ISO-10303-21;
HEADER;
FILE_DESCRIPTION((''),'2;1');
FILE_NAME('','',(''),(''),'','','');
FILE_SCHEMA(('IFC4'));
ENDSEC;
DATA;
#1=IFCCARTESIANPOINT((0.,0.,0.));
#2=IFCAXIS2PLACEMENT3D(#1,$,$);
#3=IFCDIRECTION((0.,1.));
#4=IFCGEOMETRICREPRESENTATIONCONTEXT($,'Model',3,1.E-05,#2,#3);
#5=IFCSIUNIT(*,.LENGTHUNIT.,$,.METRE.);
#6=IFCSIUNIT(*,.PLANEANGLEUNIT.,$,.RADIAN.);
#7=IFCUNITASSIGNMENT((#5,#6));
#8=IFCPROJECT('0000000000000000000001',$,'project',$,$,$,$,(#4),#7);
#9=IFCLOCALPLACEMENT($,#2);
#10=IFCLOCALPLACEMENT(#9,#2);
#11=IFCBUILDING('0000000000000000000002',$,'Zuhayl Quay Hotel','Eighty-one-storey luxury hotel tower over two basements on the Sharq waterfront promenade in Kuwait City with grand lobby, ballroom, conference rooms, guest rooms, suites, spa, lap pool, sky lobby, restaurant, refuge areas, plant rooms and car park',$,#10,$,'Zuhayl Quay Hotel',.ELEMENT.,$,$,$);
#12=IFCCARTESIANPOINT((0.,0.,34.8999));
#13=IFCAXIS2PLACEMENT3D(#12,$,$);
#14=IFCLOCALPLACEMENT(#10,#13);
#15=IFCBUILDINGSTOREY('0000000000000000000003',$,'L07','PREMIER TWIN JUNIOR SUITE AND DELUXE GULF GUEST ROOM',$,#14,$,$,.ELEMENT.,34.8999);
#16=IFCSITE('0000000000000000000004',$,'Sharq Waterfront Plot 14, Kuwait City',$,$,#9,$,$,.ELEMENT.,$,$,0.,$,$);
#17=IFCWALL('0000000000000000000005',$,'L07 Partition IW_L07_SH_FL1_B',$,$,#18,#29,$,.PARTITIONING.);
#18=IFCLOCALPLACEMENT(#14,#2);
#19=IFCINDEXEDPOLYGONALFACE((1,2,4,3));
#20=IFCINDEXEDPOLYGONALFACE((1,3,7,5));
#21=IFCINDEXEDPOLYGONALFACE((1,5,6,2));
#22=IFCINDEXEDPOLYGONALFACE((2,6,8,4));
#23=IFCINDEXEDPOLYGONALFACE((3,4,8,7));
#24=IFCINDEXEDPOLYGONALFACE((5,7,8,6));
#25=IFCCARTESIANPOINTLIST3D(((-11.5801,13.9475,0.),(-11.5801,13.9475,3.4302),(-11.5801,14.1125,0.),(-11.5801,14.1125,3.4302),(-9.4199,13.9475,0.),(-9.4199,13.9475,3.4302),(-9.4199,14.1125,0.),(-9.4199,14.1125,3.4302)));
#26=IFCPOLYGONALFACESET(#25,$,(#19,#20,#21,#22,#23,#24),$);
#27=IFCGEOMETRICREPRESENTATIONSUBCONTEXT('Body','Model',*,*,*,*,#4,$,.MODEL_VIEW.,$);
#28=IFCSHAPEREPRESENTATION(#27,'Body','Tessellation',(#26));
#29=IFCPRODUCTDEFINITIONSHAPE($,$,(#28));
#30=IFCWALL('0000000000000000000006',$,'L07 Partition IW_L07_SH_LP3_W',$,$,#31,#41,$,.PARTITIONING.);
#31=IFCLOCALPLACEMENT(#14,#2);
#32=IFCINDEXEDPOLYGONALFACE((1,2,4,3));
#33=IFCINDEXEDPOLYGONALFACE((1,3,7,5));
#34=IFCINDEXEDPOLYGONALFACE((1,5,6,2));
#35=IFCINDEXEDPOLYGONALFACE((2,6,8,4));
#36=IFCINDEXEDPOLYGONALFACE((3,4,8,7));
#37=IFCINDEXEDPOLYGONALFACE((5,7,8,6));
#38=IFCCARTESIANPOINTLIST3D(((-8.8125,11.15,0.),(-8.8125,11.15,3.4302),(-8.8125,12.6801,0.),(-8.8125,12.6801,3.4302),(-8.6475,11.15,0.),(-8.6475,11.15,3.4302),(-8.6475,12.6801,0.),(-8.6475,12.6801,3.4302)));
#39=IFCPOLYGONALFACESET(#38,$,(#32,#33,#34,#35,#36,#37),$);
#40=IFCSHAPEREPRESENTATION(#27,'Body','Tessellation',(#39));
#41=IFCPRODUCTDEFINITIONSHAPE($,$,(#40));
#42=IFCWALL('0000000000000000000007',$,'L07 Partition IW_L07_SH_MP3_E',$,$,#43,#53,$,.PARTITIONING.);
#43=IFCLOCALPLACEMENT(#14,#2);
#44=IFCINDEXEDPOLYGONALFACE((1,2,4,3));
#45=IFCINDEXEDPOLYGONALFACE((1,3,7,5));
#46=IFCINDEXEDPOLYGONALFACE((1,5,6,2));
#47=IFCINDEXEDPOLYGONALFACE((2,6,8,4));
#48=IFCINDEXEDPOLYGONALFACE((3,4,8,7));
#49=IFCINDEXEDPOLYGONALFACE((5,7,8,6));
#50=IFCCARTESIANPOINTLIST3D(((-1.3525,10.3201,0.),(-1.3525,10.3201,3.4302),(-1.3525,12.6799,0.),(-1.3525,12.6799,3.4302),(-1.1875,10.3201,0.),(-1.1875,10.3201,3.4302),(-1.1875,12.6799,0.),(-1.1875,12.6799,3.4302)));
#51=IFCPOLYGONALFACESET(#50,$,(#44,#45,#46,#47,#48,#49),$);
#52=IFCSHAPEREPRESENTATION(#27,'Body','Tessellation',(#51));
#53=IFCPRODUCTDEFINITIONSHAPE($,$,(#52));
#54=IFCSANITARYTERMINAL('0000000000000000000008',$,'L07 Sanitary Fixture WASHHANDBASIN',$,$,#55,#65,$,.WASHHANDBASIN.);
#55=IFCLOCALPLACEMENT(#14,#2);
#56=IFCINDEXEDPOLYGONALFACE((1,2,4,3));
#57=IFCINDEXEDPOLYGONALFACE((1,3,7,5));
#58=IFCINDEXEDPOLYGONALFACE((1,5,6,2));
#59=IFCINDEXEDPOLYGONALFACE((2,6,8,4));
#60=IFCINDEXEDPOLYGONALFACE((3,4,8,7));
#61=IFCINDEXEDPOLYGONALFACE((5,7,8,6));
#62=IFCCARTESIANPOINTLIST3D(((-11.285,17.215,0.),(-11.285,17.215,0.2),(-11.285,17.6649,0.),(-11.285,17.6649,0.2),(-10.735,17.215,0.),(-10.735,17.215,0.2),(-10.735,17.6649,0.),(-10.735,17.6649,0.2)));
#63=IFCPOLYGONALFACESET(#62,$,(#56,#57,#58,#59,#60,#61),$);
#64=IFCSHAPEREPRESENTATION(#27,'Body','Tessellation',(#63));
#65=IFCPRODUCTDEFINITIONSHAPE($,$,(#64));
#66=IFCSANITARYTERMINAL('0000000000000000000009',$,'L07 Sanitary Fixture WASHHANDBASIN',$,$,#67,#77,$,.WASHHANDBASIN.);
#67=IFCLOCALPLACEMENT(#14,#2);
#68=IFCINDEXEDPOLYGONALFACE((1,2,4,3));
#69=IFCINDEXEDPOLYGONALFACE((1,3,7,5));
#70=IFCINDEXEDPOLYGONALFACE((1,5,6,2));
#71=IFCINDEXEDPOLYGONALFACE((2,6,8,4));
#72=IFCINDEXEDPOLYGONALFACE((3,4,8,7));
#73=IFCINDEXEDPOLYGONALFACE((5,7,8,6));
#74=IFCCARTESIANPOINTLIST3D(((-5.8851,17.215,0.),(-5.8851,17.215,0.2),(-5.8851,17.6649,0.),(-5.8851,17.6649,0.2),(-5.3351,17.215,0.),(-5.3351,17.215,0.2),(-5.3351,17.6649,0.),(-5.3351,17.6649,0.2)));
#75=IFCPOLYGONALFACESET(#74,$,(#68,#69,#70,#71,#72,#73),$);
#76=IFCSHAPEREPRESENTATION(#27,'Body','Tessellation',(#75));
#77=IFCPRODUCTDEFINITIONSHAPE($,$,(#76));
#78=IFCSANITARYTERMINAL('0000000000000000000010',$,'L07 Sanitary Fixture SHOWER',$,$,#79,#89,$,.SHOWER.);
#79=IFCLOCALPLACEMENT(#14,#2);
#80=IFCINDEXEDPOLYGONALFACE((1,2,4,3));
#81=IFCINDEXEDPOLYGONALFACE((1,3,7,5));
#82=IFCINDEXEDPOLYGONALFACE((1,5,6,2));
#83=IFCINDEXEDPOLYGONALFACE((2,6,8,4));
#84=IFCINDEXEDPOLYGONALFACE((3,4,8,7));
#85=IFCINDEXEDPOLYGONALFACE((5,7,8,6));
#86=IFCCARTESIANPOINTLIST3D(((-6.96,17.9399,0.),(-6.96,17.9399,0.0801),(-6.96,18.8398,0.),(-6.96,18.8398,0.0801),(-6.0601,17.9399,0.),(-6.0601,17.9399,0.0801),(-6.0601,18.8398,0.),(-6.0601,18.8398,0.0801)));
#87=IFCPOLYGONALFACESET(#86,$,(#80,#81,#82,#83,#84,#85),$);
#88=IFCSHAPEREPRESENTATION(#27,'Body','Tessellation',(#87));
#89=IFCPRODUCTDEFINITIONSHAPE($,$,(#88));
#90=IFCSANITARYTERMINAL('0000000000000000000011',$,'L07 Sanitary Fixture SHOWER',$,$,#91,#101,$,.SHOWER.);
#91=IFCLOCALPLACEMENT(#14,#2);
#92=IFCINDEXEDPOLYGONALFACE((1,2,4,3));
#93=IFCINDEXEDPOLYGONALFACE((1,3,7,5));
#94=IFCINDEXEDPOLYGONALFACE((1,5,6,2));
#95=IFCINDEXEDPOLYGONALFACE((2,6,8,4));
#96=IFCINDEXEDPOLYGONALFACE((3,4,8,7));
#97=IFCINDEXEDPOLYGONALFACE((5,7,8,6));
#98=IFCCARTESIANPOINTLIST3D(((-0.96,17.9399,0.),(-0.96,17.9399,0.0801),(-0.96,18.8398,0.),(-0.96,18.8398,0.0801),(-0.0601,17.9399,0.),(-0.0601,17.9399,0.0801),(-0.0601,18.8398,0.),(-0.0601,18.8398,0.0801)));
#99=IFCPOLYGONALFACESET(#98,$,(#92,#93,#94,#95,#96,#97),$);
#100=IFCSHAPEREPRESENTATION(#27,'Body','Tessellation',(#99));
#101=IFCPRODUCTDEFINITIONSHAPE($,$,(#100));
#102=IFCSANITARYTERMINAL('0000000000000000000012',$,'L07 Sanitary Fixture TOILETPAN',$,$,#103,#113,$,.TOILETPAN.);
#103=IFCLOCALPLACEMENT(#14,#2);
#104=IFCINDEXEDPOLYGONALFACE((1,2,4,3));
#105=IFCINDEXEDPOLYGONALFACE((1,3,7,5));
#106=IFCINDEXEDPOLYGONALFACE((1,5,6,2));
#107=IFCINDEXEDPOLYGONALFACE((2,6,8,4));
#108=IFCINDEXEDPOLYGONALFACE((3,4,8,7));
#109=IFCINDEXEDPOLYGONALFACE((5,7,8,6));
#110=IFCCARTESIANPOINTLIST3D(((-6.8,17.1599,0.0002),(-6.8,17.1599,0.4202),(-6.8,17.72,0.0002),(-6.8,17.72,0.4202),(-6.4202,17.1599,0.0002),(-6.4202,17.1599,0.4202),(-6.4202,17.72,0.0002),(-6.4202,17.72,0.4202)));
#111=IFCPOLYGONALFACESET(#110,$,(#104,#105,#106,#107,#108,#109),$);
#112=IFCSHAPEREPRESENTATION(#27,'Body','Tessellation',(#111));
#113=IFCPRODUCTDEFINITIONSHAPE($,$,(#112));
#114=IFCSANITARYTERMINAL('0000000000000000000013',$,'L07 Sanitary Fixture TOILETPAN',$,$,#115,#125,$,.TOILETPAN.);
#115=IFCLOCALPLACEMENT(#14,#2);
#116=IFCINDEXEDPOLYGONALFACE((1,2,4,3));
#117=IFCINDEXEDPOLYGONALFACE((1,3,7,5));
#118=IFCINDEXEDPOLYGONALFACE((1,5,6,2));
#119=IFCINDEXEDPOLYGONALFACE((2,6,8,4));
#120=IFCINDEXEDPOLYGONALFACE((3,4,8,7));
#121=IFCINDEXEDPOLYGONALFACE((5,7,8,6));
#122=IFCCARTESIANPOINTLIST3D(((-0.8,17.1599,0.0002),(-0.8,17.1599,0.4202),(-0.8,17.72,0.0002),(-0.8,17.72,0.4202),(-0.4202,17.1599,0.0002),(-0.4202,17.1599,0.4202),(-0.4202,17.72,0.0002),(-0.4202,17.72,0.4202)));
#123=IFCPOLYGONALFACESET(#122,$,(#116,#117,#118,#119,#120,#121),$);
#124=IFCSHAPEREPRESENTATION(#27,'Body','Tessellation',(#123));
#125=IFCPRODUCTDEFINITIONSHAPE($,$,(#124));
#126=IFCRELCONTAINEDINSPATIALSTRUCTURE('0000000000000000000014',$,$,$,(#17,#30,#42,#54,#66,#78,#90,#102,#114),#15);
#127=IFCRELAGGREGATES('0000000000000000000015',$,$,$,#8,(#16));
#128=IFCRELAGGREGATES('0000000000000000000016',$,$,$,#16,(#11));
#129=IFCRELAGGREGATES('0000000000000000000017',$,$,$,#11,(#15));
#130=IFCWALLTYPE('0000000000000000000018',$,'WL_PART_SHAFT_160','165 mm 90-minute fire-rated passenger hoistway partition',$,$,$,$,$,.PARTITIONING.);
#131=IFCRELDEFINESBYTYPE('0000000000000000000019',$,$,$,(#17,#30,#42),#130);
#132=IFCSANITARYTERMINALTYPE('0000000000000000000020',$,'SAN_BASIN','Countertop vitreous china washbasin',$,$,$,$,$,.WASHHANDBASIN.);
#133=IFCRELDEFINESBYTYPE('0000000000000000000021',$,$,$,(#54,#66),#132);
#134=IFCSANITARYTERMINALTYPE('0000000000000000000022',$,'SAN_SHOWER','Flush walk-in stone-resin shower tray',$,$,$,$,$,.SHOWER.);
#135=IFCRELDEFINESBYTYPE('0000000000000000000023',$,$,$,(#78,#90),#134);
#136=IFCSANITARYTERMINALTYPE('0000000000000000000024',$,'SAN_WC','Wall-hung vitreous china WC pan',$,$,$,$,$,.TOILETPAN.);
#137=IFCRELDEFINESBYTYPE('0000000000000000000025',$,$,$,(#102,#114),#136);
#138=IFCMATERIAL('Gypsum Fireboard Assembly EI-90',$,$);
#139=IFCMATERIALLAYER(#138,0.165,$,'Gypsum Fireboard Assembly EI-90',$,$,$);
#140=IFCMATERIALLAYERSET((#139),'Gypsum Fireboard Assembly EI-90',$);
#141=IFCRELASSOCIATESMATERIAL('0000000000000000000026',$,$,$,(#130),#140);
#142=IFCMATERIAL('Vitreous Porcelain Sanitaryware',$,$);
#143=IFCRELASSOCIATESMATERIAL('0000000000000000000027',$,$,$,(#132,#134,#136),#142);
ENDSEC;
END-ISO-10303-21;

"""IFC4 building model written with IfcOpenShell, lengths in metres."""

from ifc_helpers import new_model, si_unit, direction, frame, frame_2d, origin, origin_2d, place, context, subcontext, project, spatial, rectangle, extrude, material, layer, layer_set, type_object, element, save


model = new_model("IFC4")

# Units and contexts
model_context = context("Model", 3, precision=1e-05, world=origin(), true_north=direction((0.0, 1.0)))
body_context = subcontext(model_context, "Body", "Model", "MODEL_VIEW")
ifc_project = project(units=[si_unit("LENGTHUNIT", "METRE"), si_unit("PLANEANGLEUNIT", "RADIAN")], contexts=[model_context])

# Site, building, storey
site_placement = place(None, origin())
site = spatial("IfcSite", under=ifc_project, at=site_placement, Name="Sharq Waterfront Plot 14, Kuwait City", CompositionType="ELEMENT", RefElevation=0.0)
building_placement = place(site_placement, origin())
building = spatial("IfcBuilding", under=site, at=building_placement, Name="Zuhayl Quay Hotel", Description="Eighty-one-storey luxury hotel tower over two basements on the Sharq waterfront promenade in Kuwait City with grand lobby, ballroom, conference rooms, guest rooms, suites, spa, lap pool, sky lobby, restaurant, refuge areas, plant rooms and car park", LongName="Zuhayl Quay Hotel", CompositionType="ELEMENT")
storey_placement = place(building_placement, frame((0.0, 0.0, 34.8999)))
storey = spatial("IfcBuildingStorey", under=building, at=storey_placement, Name="L07", Description="PREMIER TWIN JUNIOR SUITE AND DELUXE GULF GUEST ROOM", CompositionType="ELEMENT", Elevation=34.8999)

# Shared definitions
ifc_material_1 = material(Name="Gypsum Fireboard Assembly EI-90")
ifc_layer_1 = layer(ifc_material_1, 0.165, Name="Gypsum Fireboard Assembly EI-90")
ifc_layer_set_1 = layer_set([ifc_layer_1], Name="Gypsum Fireboard Assembly EI-90")
wall_type_1 = type_object("IfcWallType", Name="WL_PART_SHAFT_160", Description="165 mm 90-minute fire-rated passenger hoistway partition", PredefinedType="PARTITIONING", material=ifc_layer_set_1)

# Walls
wall_1_placement = place(storey_placement, frame((-11.5801, 14.03, 0.0), z_axis=(0.0, 0.0, 1.0), x_axis=(1.0, 0.0, 0.0)))
element("IfcWall", 1, at=wall_1_placement, inside=storey, type_object=wall_type_1, Name="L07 Partition IW_L07_SH_FL1_B", PredefinedType="PARTITIONING", context=body_context, shape_type="SweptSolid", body=[
    extrude(rectangle(XDim=2.1602, YDim=0.165, at=frame_2d((1.0801, 0.0))), origin(), (0.0, 0.0, 1.0), 3.4302),
])
wall_2_placement = place(storey_placement, frame((-8.73, 11.1499, 0.0), z_axis=(0.0, 0.0, 1.0), x_axis=(0.0, 1.0, 0.0)))
element("IfcWall", 2, at=wall_2_placement, inside=storey, type_object=wall_type_1, Name="L07 Partition IW_L07_SH_LP3_W", PredefinedType="PARTITIONING", context=body_context, shape_type="SweptSolid", body=[
    extrude(rectangle(XDim=1.53, YDim=0.165, at=frame_2d((0.7651, 0.0))), origin(), (0.0, 0.0, 1.0), 3.4302),
])
wall_3_placement = place(storey_placement, frame((-1.27, 10.3201, 0.0), z_axis=(0.0, 0.0, 1.0), x_axis=(0.0, 1.0, 0.0)))
element("IfcWall", 3, at=wall_3_placement, inside=storey, type_object=wall_type_1, Name="L07 Partition IW_L07_SH_MP3_E", PredefinedType="PARTITIONING", context=body_context, shape_type="SweptSolid", body=[
    extrude(rectangle(XDim=2.3599, YDim=0.165, at=frame_2d((1.1799, 0.0))), origin(), (0.0, 0.0, 1.0), 3.4302),
])

# Sanitary terminals
ifc_material_2 = material(Name="Vitreous Porcelain Sanitaryware")
sanitary_terminal_type_1 = type_object("IfcSanitaryTerminalType", Name="SAN_BASIN", Description="Countertop vitreous china washbasin", PredefinedType="WASHHANDBASIN", material=ifc_material_2)
for number, where, z_axis, x_axis, name in (
    (4, (-11.01, 17.4399, 0.0), (0.0, 0.0, 1.0), (1.0, 0.0, 0.0), "L07 Sanitary Fixture WASHHANDBASIN"),
    (5, (-5.6101, 17.4399, 0.0), (0.0, 0.0, 1.0), (1.0, 0.0, 0.0), "L07 Sanitary Fixture WASHHANDBASIN"),
):
    element("IfcSanitaryTerminal", number, at=place(storey_placement, frame(where, z_axis=z_axis, x_axis=x_axis)), inside=storey, type_object=sanitary_terminal_type_1, Name=name, PredefinedType="WASHHANDBASIN", context=body_context, shape_type="SweptSolid", body=[
        extrude(rectangle(XDim=0.55, YDim=0.45, at=origin_2d()), origin(), (0.0, 0.0, 1.0), 0.2),
    ])
sanitary_terminal_type_2 = type_object("IfcSanitaryTerminalType", Name="SAN_SHOWER", Description="Flush walk-in stone-resin shower tray", PredefinedType="SHOWER", material=ifc_material_2)
for number, where, z_axis, x_axis, name in (
    (6, (-6.51, 18.3899, 0.0), (0.0, 0.0, 1.0), (1.0, 0.0, 0.0), "L07 Sanitary Fixture SHOWER"),
    (7, (-0.51, 18.3899, 0.0), (0.0, 0.0, 1.0), (1.0, 0.0, 0.0), "L07 Sanitary Fixture SHOWER"),
):
    element("IfcSanitaryTerminal", number, at=place(storey_placement, frame(where, z_axis=z_axis, x_axis=x_axis)), inside=storey, type_object=sanitary_terminal_type_2, Name=name, PredefinedType="SHOWER", context=body_context, shape_type="SweptSolid", body=[
        extrude(rectangle(XDim=0.8999, YDim=0.8999, at=origin_2d()), origin(), (0.0, 0.0, 1.0), 0.0801),
    ])
sanitary_terminal_type_3 = type_object("IfcSanitaryTerminalType", Name="SAN_WC", Description="Wall-hung vitreous china WC pan", PredefinedType="TOILETPAN", material=ifc_material_2)
for number, where, z_axis, x_axis, name in (
    (8, (-6.6101, 17.4399, 0.0002), (0.0, 0.0, 1.0), (1.0, 0.0, 0.0), "L07 Sanitary Fixture TOILETPAN"),
    (9, (-0.6101, 17.4399, 0.0002), (0.0, 0.0, 1.0), (1.0, 0.0, 0.0), "L07 Sanitary Fixture TOILETPAN"),
):
    element("IfcSanitaryTerminal", number, at=place(storey_placement, frame(where, z_axis=z_axis, x_axis=x_axis)), inside=storey, type_object=sanitary_terminal_type_3, Name=name, PredefinedType="TOILETPAN", context=body_context, shape_type="SweptSolid", body=[
        extrude(rectangle(XDim=0.3799, YDim=0.5601, at=origin_2d()), origin(), (0.0, 0.0, 1.0), 0.4199),
    ])

save(model, "model.ifc")
